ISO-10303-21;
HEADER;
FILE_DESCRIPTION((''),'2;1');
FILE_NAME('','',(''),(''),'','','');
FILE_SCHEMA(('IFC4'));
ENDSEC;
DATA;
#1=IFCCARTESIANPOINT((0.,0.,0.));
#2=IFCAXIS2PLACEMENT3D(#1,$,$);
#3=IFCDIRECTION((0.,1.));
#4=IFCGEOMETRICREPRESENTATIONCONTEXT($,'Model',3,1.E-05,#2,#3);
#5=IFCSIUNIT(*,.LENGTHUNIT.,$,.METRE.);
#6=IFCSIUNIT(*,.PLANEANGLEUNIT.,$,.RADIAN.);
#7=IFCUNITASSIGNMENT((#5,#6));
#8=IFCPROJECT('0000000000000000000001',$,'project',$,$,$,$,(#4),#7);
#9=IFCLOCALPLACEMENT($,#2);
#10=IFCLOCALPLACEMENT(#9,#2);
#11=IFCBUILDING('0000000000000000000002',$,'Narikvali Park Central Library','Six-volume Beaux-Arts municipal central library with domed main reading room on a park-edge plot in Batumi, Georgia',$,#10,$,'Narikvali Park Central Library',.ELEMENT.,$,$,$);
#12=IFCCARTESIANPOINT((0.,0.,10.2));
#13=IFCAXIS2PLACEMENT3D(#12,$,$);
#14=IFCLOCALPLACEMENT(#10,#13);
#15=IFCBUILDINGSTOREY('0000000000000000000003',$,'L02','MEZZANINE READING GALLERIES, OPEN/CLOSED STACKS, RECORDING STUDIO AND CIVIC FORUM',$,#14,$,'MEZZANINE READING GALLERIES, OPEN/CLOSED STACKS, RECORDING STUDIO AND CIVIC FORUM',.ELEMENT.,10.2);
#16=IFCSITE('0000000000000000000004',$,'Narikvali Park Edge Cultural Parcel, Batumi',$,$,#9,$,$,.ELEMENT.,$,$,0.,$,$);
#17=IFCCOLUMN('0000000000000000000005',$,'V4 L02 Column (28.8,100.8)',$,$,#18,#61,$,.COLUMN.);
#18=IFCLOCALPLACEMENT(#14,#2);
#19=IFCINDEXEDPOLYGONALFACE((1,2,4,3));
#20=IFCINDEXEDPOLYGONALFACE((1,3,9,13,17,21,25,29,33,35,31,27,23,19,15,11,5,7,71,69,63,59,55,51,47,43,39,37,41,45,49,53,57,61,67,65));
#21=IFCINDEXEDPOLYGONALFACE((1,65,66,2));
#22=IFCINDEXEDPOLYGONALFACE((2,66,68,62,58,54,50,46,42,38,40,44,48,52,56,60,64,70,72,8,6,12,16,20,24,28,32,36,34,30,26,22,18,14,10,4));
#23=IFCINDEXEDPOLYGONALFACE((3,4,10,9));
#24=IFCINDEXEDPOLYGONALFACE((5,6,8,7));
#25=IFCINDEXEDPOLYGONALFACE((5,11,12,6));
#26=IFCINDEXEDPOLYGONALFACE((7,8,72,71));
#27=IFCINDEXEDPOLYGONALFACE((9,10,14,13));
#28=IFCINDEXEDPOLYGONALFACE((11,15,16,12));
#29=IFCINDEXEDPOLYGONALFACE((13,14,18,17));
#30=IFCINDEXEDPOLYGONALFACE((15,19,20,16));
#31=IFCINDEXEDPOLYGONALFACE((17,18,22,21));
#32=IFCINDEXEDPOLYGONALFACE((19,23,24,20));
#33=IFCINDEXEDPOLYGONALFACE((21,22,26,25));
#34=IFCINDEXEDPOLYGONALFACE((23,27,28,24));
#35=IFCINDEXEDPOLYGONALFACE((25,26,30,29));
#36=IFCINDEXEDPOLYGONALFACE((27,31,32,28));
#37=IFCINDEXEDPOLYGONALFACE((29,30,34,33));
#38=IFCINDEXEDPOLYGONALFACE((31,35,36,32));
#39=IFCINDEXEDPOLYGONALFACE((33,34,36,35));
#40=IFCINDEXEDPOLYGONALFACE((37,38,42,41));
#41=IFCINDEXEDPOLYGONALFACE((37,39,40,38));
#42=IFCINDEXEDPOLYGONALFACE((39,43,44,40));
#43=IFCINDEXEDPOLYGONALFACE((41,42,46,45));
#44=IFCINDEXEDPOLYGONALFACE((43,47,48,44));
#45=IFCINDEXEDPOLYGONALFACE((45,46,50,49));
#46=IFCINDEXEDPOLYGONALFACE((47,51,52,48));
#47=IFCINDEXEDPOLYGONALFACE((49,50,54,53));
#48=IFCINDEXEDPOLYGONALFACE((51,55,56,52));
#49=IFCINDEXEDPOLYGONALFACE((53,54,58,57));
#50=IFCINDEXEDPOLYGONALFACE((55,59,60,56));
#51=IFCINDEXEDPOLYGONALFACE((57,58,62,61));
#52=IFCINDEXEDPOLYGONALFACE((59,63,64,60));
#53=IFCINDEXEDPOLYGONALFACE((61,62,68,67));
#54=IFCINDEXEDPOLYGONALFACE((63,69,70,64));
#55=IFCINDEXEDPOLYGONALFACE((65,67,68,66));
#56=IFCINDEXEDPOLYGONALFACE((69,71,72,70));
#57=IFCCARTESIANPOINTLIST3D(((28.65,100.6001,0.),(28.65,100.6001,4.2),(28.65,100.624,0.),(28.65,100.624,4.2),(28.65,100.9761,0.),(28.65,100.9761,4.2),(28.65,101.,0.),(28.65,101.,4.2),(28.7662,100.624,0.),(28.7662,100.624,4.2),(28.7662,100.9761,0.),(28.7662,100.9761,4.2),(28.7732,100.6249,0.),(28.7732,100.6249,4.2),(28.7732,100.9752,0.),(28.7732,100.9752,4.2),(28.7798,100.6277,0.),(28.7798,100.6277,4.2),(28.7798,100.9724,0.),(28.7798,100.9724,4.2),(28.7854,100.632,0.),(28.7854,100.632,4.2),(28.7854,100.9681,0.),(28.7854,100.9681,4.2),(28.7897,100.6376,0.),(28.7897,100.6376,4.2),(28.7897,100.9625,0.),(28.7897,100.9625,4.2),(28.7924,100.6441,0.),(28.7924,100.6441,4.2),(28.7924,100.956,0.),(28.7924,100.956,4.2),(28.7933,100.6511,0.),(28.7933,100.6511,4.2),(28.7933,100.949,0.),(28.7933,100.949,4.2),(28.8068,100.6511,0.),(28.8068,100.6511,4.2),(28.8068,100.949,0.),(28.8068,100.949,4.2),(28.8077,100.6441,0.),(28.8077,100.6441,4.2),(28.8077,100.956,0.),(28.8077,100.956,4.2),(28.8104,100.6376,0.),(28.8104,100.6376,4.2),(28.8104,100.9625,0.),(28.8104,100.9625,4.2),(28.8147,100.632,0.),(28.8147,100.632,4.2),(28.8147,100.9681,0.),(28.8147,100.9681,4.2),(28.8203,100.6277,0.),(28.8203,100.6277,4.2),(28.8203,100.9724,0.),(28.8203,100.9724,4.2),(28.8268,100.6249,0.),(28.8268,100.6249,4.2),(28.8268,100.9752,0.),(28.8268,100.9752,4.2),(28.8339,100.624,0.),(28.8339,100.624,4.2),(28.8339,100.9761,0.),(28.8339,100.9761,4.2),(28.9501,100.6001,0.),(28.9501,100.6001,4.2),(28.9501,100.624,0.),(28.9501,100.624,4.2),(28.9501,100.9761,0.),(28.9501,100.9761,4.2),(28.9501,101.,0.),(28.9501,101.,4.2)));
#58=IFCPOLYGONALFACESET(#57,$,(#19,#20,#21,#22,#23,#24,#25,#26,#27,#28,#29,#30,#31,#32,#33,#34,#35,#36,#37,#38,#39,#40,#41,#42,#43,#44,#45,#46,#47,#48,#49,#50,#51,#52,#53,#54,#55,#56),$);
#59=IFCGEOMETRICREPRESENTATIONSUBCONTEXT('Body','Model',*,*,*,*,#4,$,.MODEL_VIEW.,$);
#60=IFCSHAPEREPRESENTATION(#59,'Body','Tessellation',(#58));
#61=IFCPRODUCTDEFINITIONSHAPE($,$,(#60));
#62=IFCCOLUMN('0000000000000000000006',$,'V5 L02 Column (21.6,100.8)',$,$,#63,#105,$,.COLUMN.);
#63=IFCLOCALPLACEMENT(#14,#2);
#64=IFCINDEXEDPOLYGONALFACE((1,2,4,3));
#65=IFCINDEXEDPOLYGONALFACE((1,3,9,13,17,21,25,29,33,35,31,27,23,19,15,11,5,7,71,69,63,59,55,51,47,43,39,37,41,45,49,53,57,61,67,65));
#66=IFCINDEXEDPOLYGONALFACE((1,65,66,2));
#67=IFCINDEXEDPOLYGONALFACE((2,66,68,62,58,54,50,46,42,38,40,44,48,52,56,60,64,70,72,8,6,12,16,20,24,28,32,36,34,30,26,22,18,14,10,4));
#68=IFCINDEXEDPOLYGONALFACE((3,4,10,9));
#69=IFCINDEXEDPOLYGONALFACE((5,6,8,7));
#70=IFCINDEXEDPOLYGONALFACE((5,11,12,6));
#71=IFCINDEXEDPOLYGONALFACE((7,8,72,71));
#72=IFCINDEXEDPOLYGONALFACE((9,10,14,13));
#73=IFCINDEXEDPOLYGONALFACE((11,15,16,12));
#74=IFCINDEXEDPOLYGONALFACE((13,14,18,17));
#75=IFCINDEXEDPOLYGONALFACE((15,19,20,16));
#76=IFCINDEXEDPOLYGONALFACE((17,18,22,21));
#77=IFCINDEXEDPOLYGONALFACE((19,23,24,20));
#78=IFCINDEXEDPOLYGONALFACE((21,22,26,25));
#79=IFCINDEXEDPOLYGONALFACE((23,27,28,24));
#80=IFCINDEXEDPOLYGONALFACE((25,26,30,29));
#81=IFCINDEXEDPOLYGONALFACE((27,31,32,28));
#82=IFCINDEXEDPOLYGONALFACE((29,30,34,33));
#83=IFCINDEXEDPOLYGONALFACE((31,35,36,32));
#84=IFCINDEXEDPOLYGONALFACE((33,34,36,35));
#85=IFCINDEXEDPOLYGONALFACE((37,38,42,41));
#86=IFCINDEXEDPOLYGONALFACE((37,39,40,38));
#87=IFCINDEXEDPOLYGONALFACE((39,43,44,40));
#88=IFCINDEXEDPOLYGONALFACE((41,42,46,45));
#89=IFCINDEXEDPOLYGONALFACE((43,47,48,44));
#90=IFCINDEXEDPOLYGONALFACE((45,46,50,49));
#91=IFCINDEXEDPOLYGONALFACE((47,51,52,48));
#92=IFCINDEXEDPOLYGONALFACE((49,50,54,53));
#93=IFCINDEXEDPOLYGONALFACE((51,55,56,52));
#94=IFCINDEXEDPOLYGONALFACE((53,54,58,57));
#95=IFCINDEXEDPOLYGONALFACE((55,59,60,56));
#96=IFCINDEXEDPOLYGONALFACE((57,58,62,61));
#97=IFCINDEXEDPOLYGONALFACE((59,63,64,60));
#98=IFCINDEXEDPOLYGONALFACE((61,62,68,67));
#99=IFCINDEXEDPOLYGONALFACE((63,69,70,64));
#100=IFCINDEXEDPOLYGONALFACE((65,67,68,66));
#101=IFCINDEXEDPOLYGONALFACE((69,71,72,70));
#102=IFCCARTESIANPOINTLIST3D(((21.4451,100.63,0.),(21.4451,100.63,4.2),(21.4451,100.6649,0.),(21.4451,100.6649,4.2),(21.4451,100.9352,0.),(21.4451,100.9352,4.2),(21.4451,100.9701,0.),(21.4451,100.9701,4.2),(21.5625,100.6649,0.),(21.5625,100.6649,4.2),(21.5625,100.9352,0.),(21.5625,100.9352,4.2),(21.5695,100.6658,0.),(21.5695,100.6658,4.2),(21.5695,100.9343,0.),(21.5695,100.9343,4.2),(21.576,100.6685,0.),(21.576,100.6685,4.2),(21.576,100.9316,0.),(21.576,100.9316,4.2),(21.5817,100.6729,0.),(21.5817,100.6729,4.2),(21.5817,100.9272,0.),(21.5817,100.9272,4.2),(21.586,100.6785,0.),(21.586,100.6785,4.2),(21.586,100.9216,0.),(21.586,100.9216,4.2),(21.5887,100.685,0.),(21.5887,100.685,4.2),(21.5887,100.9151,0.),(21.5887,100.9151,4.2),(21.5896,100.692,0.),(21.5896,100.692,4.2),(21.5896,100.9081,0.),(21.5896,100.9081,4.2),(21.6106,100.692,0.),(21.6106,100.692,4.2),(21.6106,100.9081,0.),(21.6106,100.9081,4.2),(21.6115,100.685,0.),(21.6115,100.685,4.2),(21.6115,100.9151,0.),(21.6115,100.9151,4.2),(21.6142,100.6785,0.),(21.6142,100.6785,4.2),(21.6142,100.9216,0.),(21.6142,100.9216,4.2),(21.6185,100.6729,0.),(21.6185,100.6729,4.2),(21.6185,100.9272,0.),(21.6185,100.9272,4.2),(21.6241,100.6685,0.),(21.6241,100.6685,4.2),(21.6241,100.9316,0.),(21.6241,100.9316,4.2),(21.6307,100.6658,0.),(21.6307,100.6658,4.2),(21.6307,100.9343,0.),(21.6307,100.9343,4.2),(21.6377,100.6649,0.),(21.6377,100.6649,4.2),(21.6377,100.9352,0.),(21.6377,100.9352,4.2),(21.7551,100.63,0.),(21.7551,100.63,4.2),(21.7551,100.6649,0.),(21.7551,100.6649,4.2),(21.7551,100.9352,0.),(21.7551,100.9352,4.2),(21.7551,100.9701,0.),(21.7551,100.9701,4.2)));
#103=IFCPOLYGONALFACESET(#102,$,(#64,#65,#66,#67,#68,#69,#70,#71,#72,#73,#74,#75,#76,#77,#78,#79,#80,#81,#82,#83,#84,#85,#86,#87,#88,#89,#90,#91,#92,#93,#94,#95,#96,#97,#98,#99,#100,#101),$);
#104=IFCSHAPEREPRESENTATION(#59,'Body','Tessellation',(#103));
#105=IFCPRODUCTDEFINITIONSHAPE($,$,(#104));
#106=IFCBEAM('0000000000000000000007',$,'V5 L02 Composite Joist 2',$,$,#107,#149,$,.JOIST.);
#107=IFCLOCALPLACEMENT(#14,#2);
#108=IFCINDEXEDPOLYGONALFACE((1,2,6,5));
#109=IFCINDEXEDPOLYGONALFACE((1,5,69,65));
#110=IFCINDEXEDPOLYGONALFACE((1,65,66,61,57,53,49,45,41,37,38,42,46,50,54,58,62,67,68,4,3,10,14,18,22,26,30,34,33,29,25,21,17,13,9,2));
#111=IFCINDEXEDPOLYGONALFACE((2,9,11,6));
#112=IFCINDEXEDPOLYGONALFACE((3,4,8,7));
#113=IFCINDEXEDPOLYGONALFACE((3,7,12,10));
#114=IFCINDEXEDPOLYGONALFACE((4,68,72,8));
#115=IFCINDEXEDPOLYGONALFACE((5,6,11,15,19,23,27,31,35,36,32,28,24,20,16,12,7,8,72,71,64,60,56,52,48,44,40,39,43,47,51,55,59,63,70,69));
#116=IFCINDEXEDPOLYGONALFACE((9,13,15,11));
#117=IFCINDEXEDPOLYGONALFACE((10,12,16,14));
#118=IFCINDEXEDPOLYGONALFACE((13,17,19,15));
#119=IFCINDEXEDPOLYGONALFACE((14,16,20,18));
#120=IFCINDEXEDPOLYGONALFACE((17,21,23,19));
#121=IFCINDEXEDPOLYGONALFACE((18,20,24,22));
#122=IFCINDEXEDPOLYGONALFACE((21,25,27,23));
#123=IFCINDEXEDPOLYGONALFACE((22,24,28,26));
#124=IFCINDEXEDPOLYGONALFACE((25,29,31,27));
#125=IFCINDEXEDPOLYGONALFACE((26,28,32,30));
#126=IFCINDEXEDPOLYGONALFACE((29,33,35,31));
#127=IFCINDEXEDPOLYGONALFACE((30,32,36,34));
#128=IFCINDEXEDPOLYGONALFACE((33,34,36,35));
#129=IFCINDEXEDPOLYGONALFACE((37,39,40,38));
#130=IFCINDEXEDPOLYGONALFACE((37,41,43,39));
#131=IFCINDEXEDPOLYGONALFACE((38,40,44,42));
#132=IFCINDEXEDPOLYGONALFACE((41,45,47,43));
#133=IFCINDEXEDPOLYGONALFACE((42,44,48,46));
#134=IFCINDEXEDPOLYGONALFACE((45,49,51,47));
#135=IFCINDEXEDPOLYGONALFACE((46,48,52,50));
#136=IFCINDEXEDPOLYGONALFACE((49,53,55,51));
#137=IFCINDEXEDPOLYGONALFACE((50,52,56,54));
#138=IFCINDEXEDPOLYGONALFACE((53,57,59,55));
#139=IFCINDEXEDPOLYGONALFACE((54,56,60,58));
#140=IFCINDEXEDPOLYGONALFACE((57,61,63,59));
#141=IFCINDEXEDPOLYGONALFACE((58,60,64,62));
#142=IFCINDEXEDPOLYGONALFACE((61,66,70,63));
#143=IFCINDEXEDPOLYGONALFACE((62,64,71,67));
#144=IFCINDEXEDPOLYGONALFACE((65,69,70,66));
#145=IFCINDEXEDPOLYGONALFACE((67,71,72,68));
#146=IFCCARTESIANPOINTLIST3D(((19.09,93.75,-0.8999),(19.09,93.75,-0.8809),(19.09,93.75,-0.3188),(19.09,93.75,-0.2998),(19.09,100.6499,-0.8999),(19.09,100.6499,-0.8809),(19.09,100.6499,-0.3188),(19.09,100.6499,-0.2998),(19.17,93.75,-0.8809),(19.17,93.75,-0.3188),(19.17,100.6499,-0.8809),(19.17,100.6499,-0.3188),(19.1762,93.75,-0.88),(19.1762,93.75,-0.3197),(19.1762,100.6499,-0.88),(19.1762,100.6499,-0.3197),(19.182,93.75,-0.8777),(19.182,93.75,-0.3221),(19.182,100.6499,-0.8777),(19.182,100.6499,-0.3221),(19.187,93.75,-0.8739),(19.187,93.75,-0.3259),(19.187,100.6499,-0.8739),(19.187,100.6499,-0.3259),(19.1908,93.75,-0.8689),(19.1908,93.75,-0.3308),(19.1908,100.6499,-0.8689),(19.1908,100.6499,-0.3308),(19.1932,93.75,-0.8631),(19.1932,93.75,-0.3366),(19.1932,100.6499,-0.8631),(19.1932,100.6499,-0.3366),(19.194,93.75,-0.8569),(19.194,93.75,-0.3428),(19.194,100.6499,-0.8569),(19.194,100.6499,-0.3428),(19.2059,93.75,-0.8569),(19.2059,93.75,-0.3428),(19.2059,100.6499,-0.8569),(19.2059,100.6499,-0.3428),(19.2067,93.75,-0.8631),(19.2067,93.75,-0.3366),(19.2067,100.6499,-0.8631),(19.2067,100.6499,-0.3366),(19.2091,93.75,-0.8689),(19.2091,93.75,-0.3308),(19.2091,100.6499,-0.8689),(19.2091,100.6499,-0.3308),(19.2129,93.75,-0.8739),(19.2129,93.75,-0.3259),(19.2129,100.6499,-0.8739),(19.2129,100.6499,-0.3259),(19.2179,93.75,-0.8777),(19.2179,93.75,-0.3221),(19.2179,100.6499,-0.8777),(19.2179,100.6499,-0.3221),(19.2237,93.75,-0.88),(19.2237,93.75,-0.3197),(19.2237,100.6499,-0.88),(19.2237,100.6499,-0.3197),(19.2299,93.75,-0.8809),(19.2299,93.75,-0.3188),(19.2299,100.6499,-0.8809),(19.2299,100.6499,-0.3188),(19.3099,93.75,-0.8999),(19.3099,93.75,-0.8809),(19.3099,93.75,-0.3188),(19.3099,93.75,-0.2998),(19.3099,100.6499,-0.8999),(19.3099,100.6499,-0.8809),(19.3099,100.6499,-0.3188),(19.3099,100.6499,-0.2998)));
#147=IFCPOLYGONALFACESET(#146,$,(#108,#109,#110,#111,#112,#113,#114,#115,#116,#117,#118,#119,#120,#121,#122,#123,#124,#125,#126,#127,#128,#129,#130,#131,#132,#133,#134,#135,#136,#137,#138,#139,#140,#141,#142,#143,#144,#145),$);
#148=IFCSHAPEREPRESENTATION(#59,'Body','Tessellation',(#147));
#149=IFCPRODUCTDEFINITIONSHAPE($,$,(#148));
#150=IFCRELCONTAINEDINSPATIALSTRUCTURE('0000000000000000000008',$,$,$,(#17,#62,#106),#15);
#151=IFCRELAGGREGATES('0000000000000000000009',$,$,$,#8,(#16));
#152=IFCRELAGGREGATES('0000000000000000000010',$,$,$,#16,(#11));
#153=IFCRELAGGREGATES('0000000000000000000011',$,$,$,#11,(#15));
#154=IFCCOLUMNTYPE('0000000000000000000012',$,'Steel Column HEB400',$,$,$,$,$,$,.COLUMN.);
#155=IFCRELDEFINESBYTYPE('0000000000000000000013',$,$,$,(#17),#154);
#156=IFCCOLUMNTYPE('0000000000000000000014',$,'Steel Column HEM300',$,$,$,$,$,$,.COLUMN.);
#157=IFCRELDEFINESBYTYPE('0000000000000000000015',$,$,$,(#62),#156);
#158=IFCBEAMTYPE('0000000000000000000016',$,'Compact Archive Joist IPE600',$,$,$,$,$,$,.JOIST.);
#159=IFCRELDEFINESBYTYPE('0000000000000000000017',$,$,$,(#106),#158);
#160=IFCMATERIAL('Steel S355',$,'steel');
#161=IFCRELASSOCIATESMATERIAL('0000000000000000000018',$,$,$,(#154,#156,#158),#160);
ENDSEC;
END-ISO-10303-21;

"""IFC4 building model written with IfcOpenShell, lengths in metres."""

from ifc_helpers import new_model, si_unit, direction, frame, origin, origin_2d, place, context, subcontext, project, spatial, i_section, extrude, material, material_profile, profile_set, type_object, element, save


model = new_model("IFC4")

# Units and contexts
model_context = context("Model", 3, precision=1e-05, world=origin(), true_north=direction((0.0, 1.0)))
body_context = subcontext(model_context, "Body", "Model", "MODEL_VIEW")
ifc_project = project(units=[si_unit("LENGTHUNIT", "METRE"), si_unit("PLANEANGLEUNIT", "RADIAN")], contexts=[model_context])

# Site, building, storey
site_placement = place(None, origin())
site = spatial("IfcSite", under=ifc_project, at=site_placement, Name="Narikvali Park Edge Cultural Parcel, Batumi", CompositionType="ELEMENT", RefElevation=0.0)
building_placement = place(site_placement, origin())
building = spatial("IfcBuilding", under=site, at=building_placement, Name="Narikvali Park Central Library", Description="Six-volume Beaux-Arts municipal central library with domed main reading room on a park-edge plot in Batumi, Georgia", LongName="Narikvali Park Central Library", CompositionType="ELEMENT")
storey_placement = place(building_placement, frame((0.0, 0.0, 10.2)))
storey = spatial("IfcBuildingStorey", under=building, at=storey_placement, Name="L02", Description="MEZZANINE READING GALLERIES, OPEN/CLOSED STACKS, RECORDING STUDIO AND CIVIC FORUM", LongName="MEZZANINE READING GALLERIES, OPEN/CLOSED STACKS, RECORDING STUDIO AND CIVIC FORUM", CompositionType="ELEMENT", Elevation=10.2)

# Columns
ifc_material_1 = material(Name="Steel S355", Category="steel")
ifc_material_profile_1 = material_profile(ifc_material_1, i_section(OverallWidth=0.3, OverallDepth=0.3999, WebThickness=0.0134, FlangeThickness=0.0239, FilletRadius=0.0271, at=origin_2d()), Name="HEB 400")
ifc_profile_set_1 = profile_set([ifc_material_profile_1], Name="Steel S355")
column_type_1 = type_object("IfcColumnType", Name="Steel Column HEB400", PredefinedType="COLUMN", material=ifc_profile_set_1)
column_1_placement = place(storey_placement, frame((28.8, 100.8, 0.0), z_axis=(0.0, 0.0, 1.0), x_axis=(1.0, 0.0, 0.0)))
element("IfcColumn", 1, at=column_1_placement, inside=storey, type_object=column_type_1, Name="V4 L02 Column (28.8,100.8)", PredefinedType="COLUMN", context=body_context, shape_type="SweptSolid", body=[
    extrude(i_section(OverallWidth=0.3, OverallDepth=0.3999, WebThickness=0.0134, FlangeThickness=0.0239, FilletRadius=0.0271, at=origin_2d()), origin(), (0.0, 0.0, 1.0), 4.2),
])
ifc_material_profile_2 = material_profile(ifc_material_1, i_section(OverallWidth=0.3101, OverallDepth=0.3401, WebThickness=0.021, FlangeThickness=0.0349, FilletRadius=0.0271, at=origin_2d()), Name="HEM 300")
ifc_profile_set_2 = profile_set([ifc_material_profile_2], Name="Steel S355")
column_type_2 = type_object("IfcColumnType", Name="Steel Column HEM300", PredefinedType="COLUMN", material=ifc_profile_set_2)
column_2_placement = place(storey_placement, frame((21.6001, 100.8, 0.0), z_axis=(0.0, 0.0, 1.0), x_axis=(1.0, 0.0, 0.0)))
element("IfcColumn", 2, at=column_2_placement, inside=storey, type_object=column_type_2, Name="V5 L02 Column (21.6,100.8)", PredefinedType="COLUMN", context=body_context, shape_type="SweptSolid", body=[
    extrude(i_section(OverallWidth=0.3101, OverallDepth=0.3401, WebThickness=0.021, FlangeThickness=0.0349, FilletRadius=0.0271, at=origin_2d()), origin(), (0.0, 0.0, 1.0), 4.2),
])

# Beam
ifc_material_profile_3 = material_profile(ifc_material_1, i_section(OverallWidth=0.22, OverallDepth=0.6001, WebThickness=0.012, FlangeThickness=0.019, FilletRadius=0.0239, at=origin_2d()), Name="IPE 600")
ifc_profile_set_3 = profile_set([ifc_material_profile_3], Name="Steel S355")
beam_type_1 = type_object("IfcBeamType", Name="Compact Archive Joist IPE600", PredefinedType="JOIST", material=ifc_profile_set_3)
beam_1_placement = place(storey_placement, frame((19.2, 93.75, -0.5999), z_axis=(0.0, 1.0, 0.0), x_axis=(-1.0, 0.0, 0.0)))
element("IfcBeam", 3, at=beam_1_placement, inside=storey, type_object=beam_type_1, Name="V5 L02 Composite Joist 2", PredefinedType="JOIST", context=body_context, shape_type="SweptSolid", body=[
    extrude(i_section(OverallWidth=0.22, OverallDepth=0.6001, WebThickness=0.012, FlangeThickness=0.019, FilletRadius=0.0239, at=origin_2d()), origin(), (0.0, 0.0, 1.0), 6.8999),
])

save(model, "model.ifc")
